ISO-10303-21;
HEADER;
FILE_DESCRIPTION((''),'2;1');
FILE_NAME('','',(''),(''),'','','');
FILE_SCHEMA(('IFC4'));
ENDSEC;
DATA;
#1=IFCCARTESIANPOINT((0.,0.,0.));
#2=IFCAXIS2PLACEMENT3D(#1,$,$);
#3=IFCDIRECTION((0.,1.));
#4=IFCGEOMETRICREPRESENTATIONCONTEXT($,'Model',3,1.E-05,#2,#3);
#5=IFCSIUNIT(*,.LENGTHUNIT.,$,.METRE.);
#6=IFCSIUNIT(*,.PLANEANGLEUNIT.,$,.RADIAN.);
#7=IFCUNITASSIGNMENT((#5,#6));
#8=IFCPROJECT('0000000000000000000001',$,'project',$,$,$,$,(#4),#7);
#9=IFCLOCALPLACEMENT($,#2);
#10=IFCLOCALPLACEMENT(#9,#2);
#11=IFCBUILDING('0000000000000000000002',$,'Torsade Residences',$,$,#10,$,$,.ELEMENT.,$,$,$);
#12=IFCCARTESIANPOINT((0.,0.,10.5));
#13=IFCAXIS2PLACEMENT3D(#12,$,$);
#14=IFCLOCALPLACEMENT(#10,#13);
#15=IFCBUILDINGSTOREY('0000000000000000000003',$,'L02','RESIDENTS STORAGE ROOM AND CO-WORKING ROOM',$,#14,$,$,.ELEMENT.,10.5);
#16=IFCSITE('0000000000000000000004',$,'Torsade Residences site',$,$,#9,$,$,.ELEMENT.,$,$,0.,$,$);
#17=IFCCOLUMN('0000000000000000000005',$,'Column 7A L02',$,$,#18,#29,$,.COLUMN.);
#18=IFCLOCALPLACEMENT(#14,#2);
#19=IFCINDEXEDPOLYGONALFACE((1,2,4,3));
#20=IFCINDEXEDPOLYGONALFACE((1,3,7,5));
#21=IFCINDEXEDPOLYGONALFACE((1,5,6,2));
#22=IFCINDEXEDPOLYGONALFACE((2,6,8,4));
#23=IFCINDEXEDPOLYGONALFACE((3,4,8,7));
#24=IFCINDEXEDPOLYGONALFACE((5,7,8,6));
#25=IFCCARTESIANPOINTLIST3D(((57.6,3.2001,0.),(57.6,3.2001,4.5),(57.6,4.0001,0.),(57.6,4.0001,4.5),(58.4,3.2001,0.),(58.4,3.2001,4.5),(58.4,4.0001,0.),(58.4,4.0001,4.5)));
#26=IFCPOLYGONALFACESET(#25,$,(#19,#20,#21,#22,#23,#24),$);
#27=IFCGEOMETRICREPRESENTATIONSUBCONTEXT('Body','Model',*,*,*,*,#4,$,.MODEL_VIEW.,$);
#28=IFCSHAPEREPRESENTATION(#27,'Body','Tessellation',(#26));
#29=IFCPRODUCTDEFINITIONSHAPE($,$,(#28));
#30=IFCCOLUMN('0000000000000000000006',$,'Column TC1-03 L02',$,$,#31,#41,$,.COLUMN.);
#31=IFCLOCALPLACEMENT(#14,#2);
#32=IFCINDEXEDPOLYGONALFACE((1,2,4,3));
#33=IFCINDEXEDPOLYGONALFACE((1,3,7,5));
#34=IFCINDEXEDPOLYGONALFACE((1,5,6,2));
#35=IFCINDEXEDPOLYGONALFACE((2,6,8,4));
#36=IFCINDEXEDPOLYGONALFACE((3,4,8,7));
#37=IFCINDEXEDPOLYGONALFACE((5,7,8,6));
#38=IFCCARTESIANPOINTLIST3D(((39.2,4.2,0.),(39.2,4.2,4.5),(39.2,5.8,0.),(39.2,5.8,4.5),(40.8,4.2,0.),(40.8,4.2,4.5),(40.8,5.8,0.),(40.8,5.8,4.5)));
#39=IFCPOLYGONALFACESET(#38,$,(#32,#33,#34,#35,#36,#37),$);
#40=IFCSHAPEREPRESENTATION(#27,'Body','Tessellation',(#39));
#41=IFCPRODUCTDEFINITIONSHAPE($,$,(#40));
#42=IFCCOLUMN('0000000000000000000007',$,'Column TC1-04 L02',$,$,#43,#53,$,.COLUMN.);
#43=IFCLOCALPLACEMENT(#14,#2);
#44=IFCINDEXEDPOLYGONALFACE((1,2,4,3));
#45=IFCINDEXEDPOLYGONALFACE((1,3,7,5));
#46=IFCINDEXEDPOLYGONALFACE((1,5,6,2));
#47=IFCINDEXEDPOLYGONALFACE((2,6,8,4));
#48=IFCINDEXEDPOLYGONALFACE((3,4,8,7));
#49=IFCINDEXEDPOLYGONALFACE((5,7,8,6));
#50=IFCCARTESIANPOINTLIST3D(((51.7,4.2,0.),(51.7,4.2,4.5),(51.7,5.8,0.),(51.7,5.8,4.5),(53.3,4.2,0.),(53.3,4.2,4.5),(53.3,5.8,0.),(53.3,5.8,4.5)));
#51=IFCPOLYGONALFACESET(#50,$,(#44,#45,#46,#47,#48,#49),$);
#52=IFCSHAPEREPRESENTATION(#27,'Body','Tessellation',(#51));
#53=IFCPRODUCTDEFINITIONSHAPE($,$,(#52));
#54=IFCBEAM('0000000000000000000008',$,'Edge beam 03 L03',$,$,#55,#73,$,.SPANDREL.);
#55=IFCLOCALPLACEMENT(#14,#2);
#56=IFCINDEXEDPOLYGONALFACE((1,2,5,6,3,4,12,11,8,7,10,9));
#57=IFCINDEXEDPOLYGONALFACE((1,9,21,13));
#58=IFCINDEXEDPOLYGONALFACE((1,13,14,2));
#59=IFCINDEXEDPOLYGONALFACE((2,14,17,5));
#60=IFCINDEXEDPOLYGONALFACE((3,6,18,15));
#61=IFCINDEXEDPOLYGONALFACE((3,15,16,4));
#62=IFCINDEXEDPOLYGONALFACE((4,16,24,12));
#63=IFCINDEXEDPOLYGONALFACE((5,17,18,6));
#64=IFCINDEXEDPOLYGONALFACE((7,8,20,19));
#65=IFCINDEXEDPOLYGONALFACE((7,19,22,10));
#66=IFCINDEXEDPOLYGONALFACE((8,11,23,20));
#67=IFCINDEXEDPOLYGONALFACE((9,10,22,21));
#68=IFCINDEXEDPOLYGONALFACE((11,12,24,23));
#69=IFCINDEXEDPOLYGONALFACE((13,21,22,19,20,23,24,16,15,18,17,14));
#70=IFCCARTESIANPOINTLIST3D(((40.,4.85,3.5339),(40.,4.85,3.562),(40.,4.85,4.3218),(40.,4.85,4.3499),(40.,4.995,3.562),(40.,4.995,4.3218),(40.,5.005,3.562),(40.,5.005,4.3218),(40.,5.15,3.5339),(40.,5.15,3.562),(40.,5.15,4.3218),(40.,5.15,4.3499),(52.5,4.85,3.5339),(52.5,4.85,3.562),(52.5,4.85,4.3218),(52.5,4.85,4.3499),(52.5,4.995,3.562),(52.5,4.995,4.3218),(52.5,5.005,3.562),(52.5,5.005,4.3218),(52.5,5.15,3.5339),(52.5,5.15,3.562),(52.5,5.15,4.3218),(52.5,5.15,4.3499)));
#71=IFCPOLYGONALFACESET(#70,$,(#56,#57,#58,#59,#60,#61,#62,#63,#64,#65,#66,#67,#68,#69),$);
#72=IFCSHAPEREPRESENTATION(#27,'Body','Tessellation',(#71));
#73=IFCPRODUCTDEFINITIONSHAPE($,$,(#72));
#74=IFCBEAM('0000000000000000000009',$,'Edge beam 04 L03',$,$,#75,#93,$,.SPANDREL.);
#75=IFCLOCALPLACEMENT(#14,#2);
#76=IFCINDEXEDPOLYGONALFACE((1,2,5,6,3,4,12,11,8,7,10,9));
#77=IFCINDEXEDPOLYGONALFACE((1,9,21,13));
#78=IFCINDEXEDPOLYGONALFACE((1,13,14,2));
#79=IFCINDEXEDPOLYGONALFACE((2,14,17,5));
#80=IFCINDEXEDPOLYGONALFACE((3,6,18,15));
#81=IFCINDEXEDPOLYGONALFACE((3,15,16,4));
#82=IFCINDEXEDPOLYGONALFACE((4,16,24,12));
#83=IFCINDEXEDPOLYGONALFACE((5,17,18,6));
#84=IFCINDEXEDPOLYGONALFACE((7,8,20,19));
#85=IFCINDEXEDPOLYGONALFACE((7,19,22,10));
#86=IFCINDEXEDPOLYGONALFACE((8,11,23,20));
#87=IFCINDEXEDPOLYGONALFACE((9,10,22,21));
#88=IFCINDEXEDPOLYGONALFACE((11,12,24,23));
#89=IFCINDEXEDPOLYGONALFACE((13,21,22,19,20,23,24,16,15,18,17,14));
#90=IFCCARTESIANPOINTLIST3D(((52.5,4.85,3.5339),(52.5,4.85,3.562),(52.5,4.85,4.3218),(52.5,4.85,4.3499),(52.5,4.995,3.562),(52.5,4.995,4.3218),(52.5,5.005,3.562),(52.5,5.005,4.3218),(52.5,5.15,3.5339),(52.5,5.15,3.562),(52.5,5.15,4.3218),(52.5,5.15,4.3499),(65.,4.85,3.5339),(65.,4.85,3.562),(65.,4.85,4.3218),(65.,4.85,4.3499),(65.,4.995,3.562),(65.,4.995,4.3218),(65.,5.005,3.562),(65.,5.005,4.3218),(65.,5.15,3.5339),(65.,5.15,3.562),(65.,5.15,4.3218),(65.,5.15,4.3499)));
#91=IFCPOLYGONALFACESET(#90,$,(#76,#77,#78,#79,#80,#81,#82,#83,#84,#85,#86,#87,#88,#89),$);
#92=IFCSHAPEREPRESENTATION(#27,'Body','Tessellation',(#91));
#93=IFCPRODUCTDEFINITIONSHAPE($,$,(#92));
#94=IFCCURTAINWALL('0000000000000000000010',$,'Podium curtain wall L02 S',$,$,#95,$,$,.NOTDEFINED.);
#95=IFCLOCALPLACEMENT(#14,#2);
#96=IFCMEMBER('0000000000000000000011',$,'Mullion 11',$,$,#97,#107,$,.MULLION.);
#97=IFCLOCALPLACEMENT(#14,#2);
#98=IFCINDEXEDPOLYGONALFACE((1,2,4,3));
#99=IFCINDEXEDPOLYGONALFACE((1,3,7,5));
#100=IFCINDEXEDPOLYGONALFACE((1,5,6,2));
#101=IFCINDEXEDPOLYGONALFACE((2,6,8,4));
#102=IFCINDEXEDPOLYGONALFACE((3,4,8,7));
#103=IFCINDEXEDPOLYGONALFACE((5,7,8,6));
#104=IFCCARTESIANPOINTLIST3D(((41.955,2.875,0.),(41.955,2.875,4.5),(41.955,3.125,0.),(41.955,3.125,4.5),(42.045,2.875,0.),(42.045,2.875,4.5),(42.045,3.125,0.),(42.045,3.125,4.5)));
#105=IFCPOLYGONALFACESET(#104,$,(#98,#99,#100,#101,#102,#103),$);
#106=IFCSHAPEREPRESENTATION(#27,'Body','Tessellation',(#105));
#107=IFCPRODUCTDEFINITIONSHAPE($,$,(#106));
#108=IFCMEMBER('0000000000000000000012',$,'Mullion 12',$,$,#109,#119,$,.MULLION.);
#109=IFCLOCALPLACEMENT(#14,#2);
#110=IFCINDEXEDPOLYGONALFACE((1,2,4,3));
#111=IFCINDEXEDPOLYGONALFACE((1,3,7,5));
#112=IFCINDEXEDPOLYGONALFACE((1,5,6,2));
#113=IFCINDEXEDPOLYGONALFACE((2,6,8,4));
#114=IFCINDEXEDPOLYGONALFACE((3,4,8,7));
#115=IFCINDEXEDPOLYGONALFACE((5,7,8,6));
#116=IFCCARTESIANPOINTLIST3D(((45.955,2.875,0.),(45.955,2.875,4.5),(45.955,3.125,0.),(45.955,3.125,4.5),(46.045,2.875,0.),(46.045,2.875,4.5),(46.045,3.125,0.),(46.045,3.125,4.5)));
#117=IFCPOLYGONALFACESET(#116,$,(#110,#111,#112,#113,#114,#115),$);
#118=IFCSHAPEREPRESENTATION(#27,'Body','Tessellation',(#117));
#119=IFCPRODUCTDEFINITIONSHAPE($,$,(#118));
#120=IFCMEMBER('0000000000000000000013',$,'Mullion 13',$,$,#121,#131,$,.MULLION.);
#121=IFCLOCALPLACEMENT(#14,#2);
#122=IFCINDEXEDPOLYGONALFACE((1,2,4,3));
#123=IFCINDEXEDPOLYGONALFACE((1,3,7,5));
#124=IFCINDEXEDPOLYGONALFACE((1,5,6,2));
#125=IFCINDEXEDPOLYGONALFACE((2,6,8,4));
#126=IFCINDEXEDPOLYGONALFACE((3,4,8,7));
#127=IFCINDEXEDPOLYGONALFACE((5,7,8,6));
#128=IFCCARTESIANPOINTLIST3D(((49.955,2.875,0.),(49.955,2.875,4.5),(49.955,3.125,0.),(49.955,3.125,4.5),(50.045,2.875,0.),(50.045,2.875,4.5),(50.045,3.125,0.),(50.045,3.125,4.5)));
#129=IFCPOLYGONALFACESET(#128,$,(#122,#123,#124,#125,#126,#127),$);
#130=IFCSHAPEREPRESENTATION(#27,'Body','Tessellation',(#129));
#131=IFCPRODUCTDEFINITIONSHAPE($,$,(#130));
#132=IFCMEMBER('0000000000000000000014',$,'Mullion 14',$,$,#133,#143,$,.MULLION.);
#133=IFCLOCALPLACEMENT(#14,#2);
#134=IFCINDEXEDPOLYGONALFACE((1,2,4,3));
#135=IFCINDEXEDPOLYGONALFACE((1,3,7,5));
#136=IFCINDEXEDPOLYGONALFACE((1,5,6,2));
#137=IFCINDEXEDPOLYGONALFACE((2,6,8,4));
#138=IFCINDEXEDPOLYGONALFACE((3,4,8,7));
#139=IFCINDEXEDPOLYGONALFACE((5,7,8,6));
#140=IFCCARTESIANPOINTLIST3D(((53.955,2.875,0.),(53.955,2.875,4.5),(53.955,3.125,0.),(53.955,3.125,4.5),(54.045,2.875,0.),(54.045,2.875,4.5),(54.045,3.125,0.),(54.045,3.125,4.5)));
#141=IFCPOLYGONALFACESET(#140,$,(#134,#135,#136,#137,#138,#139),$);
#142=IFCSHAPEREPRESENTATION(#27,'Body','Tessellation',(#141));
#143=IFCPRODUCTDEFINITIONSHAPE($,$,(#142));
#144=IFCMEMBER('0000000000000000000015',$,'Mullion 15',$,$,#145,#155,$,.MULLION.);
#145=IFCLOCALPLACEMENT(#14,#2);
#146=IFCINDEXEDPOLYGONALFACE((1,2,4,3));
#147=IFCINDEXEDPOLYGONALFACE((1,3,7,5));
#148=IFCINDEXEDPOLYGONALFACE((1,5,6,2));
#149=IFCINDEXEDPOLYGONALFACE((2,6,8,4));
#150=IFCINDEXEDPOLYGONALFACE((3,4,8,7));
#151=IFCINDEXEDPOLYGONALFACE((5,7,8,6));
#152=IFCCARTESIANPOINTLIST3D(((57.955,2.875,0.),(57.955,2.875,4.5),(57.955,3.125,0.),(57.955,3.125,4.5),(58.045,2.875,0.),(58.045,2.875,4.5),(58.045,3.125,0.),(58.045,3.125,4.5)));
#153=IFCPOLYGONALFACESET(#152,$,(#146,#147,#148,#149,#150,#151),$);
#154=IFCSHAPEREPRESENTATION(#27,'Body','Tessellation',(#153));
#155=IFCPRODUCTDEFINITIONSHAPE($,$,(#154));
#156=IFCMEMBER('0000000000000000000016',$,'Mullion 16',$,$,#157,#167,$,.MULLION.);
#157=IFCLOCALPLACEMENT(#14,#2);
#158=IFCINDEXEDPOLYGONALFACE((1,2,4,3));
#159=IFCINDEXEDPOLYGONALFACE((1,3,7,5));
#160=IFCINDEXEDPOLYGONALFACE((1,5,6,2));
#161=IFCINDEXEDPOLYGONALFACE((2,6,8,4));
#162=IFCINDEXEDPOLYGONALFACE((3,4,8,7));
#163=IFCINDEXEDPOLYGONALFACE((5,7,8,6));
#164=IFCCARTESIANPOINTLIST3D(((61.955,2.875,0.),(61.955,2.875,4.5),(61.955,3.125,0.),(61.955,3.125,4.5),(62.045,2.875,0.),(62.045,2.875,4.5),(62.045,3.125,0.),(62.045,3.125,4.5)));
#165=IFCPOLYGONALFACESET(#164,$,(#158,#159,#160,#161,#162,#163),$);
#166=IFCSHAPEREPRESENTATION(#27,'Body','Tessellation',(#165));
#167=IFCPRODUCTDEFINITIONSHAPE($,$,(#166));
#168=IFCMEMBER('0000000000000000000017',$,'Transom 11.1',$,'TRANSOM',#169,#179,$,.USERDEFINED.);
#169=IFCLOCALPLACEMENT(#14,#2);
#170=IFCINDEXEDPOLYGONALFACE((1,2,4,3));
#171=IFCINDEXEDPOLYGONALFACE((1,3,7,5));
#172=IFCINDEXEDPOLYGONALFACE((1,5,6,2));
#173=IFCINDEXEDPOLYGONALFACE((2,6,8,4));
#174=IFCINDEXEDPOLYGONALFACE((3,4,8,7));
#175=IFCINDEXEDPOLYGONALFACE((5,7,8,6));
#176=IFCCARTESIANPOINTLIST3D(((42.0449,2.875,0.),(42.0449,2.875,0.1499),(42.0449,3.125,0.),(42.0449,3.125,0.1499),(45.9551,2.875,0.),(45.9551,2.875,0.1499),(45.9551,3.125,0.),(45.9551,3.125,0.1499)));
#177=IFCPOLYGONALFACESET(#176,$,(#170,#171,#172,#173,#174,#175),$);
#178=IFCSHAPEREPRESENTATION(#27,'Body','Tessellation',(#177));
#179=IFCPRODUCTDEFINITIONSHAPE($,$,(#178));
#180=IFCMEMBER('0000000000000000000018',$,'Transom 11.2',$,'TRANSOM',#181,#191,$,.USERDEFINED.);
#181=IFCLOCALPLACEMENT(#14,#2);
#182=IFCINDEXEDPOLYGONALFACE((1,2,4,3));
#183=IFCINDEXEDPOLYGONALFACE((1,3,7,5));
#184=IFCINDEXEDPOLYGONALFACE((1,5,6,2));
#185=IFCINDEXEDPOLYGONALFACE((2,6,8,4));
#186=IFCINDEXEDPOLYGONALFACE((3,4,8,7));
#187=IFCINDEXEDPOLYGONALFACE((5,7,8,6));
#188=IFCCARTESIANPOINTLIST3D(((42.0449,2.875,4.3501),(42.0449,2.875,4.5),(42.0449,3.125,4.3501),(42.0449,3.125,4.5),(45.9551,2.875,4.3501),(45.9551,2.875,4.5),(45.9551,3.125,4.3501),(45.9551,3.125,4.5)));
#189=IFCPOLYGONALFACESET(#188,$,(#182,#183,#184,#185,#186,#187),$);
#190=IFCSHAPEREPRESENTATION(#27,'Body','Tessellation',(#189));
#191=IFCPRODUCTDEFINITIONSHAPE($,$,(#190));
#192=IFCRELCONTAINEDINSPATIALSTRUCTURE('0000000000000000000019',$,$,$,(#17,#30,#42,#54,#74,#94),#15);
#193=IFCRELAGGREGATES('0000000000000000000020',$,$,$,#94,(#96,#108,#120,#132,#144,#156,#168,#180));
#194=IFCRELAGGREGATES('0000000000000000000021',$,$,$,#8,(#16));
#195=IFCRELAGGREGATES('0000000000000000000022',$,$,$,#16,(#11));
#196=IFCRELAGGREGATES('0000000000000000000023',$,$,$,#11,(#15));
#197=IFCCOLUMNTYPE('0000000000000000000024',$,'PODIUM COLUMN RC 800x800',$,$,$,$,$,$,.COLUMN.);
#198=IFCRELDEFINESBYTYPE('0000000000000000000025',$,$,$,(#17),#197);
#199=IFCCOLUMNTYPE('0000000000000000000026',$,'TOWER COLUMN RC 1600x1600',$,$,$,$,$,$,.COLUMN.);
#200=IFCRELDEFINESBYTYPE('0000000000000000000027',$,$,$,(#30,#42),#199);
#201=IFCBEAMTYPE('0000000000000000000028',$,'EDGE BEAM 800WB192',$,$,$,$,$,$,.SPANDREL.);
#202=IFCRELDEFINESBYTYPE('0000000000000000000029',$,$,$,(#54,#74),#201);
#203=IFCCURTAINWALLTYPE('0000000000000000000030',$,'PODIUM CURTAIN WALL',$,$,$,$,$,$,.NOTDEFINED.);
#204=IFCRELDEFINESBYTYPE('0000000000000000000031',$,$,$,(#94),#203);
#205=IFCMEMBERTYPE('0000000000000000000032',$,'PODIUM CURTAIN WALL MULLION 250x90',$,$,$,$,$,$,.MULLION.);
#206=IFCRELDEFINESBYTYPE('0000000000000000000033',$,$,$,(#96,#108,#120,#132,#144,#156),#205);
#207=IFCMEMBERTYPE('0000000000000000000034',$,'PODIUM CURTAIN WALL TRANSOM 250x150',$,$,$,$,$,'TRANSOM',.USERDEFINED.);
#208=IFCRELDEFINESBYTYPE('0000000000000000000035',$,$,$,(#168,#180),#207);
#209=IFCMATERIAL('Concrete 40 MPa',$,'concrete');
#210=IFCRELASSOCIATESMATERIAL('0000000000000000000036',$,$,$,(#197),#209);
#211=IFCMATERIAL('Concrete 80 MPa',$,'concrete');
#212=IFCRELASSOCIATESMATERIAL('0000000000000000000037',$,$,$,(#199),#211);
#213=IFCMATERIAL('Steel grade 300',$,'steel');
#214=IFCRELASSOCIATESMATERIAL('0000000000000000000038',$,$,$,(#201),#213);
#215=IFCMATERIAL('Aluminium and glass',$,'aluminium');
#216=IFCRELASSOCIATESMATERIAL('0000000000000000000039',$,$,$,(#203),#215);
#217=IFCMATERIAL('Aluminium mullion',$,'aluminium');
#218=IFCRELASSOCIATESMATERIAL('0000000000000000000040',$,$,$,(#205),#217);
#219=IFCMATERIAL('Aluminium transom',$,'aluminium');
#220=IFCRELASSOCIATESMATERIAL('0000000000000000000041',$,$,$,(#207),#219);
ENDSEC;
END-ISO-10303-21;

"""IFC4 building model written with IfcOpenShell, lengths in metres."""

from ifc_helpers import new_model, si_unit, direction, frame, origin, origin_2d, place, context, subcontext, project, spatial, rectangle, i_section, extrude, material, material_profile, profile_set, type_object, element, aggregate, save


model = new_model("IFC4")

# Units and contexts
model_context = context("Model", 3, precision=1e-05, world=origin(), true_north=direction((0.0, 1.0)))
body_context = subcontext(model_context, "Body", "Model", "MODEL_VIEW")
ifc_project = project(units=[si_unit("LENGTHUNIT", "METRE"), si_unit("PLANEANGLEUNIT", "RADIAN")], contexts=[model_context])

# Site, building, storey
site_placement = place(None, origin())
site = spatial("IfcSite", under=ifc_project, at=site_placement, Name="Torsade Residences site", CompositionType="ELEMENT", RefElevation=0.0)
building_placement = place(site_placement, origin())
building = spatial("IfcBuilding", under=site, at=building_placement, Name="Torsade Residences", CompositionType="ELEMENT")
storey_placement = place(building_placement, frame((0.0, 0.0, 10.5)))
storey = spatial("IfcBuildingStorey", under=building, at=storey_placement, Name="L02", Description="RESIDENTS STORAGE ROOM AND CO-WORKING ROOM", CompositionType="ELEMENT", Elevation=10.5)

# Columns
ifc_material_1 = material(Name="Concrete 40 MPa", Category="concrete")
ifc_material_profile_1 = material_profile(ifc_material_1, rectangle(XDim=0.8, YDim=0.8, at=origin_2d()), Name="RC 800x800")
ifc_profile_set_1 = profile_set([ifc_material_profile_1], Name="Concrete 40 MPa")
column_type_1 = type_object("IfcColumnType", Name="PODIUM COLUMN RC 800x800", PredefinedType="COLUMN", material=ifc_profile_set_1)
column_placement = place(storey_placement, frame((58.0, 3.6001, 0.0), z_axis=(0.0, 0.0, 1.0), x_axis=(1.0, 0.0, 0.0)))
element("IfcColumn", 1, at=column_placement, inside=storey, type_object=column_type_1, Name="Column 7A L02", PredefinedType="COLUMN", context=body_context, shape_type="SweptSolid", body=[
    extrude(rectangle(XDim=0.8, YDim=0.8, at=origin_2d()), origin(), (0.0, 0.0, 1.0), 4.5),
])
ifc_material_2 = material(Name="Concrete 80 MPa", Category="concrete")
ifc_material_profile_2 = material_profile(ifc_material_2, rectangle(XDim=1.6001, YDim=1.6001, at=origin_2d()), Name="RC 1600x1600")
ifc_profile_set_2 = profile_set([ifc_material_profile_2], Name="Concrete 80 MPa")
column_type_2 = type_object("IfcColumnType", Name="TOWER COLUMN RC 1600x1600", PredefinedType="COLUMN", material=ifc_profile_set_2)
for number, where, z_axis, x_axis, name in (
    (2, (40.0, 5.0, 0.0), (0.0, 0.0, 1.0), (1.0, 0.0, 0.0), "Column TC1-03 L02"),
    (3, (52.5, 5.0, 0.0), (0.0, 0.0, 1.0), (1.0, 0.0, 0.0), "Column TC1-04 L02"),
):
    element("IfcColumn", number, at=place(storey_placement, frame(where, z_axis=z_axis, x_axis=x_axis)), inside=storey, type_object=column_type_2, Name=name, PredefinedType="COLUMN", context=body_context, shape_type="SweptSolid", body=[
        extrude(rectangle(XDim=1.6001, YDim=1.6001, at=origin_2d()), origin(), (0.0, 0.0, 1.0), 4.5),
    ])

# Beams
ifc_material_3 = material(Name="Steel grade 300", Category="steel")
ifc_material_profile_3 = material_profile(ifc_material_3, i_section(OverallWidth=0.3, OverallDepth=0.8159, WebThickness=0.01, FlangeThickness=0.0281, at=origin_2d()), Name="800WB192")
ifc_profile_set_3 = profile_set([ifc_material_profile_3], Name="Steel grade 300")
beam_type_1 = type_object("IfcBeamType", Name="EDGE BEAM 800WB192", PredefinedType="SPANDREL", material=ifc_profile_set_3)
for number, where, z_axis, x_axis, name in (
    (4, (40.0, 5.0, 3.9419), (1.0, 0.0, 0.0), (0.0, 1.0, 0.0), "Edge beam 03 L03"),
    (5, (52.5, 5.0, 3.9419), (1.0, 0.0, 0.0), (0.0, 1.0, 0.0), "Edge beam 04 L03"),
):
    element("IfcBeam", number, at=place(storey_placement, frame(where, z_axis=z_axis, x_axis=x_axis)), inside=storey, type_object=beam_type_1, Name=name, PredefinedType="SPANDREL", context=body_context, shape_type="SweptSolid", body=[
        extrude(i_section(OverallWidth=0.3, OverallDepth=0.8159, WebThickness=0.01, FlangeThickness=0.0281, at=origin_2d()), origin(), (0.0, 0.0, 1.0), 12.5),
    ])

# Curtain wall, members
ifc_material_4 = material(Name="Aluminium and glass", Category="aluminium")
curtain_wall_type = type_object("IfcCurtainWallType", Name="PODIUM CURTAIN WALL", PredefinedType="NOTDEFINED", material=ifc_material_4)
curtain_wall_placement = place(storey_placement, origin())
curtain_wall = element("IfcCurtainWall", 6, at=curtain_wall_placement, inside=storey, type_object=curtain_wall_type, Name="Podium curtain wall L02 S", PredefinedType="NOTDEFINED")
ifc_material_5 = material(Name="Aluminium mullion", Category="aluminium")
ifc_material_profile_4 = material_profile(ifc_material_5, rectangle(XDim=0.25, YDim=0.0901, at=origin_2d()), Name="PODIUM CURTAIN WALL MULLION 250x90")
ifc_profile_set_4 = profile_set([ifc_material_profile_4], Name="Aluminium mullion")
member_type_1 = type_object("IfcMemberType", Name="PODIUM CURTAIN WALL MULLION 250x90", PredefinedType="MULLION", material=ifc_profile_set_4)
member_1_placement = place(storey_placement, frame((42.0, 3.0, 0.0), z_axis=(0.0, 0.0, 1.0), x_axis=(0.0, 1.0, 0.0)))
member_1 = element("IfcMember", 7, at=member_1_placement, type_object=member_type_1, Name="Mullion 11", PredefinedType="MULLION", context=body_context, shape_type="SweptSolid", body=[
    extrude(rectangle(XDim=0.25, YDim=0.0901, at=origin_2d()), origin(), (0.0, 0.0, 1.0), 4.5),
])
member_2_placement = place(storey_placement, frame((46.0, 3.0, 0.0), z_axis=(0.0, 0.0, 1.0), x_axis=(0.0, 1.0, 0.0)))
member_2 = element("IfcMember", 8, at=member_2_placement, type_object=member_type_1, Name="Mullion 12", PredefinedType="MULLION", context=body_context, shape_type="SweptSolid", body=[
    extrude(rectangle(XDim=0.25, YDim=0.0901, at=origin_2d()), origin(), (0.0, 0.0, 1.0), 4.5),
])
member_3_placement = place(storey_placement, frame((50.0, 3.0, 0.0), z_axis=(0.0, 0.0, 1.0), x_axis=(0.0, 1.0, 0.0)))
member_3 = element("IfcMember", 9, at=member_3_placement, type_object=member_type_1, Name="Mullion 13", PredefinedType="MULLION", context=body_context, shape_type="SweptSolid", body=[
    extrude(rectangle(XDim=0.25, YDim=0.0901, at=origin_2d()), origin(), (0.0, 0.0, 1.0), 4.5),
])
member_4_placement = place(storey_placement, frame((54.0, 3.0, 0.0), z_axis=(0.0, 0.0, 1.0), x_axis=(0.0, 1.0, 0.0)))
member_4 = element("IfcMember", 10, at=member_4_placement, type_object=member_type_1, Name="Mullion 14", PredefinedType="MULLION", context=body_context, shape_type="SweptSolid", body=[
    extrude(rectangle(XDim=0.25, YDim=0.0901, at=origin_2d()), origin(), (0.0, 0.0, 1.0), 4.5),
])
member_5_placement = place(storey_placement, frame((58.0, 3.0, 0.0), z_axis=(0.0, 0.0, 1.0), x_axis=(0.0, 1.0, 0.0)))
member_5 = element("IfcMember", 11, at=member_5_placement, type_object=member_type_1, Name="Mullion 15", PredefinedType="MULLION", context=body_context, shape_type="SweptSolid", body=[
    extrude(rectangle(XDim=0.25, YDim=0.0901, at=origin_2d()), origin(), (0.0, 0.0, 1.0), 4.5),
])
member_6_placement = place(storey_placement, frame((62.0, 3.0, 0.0), z_axis=(0.0, 0.0, 1.0), x_axis=(0.0, 1.0, 0.0)))
member_6 = element("IfcMember", 12, at=member_6_placement, type_object=member_type_1, Name="Mullion 16", PredefinedType="MULLION", context=body_context, shape_type="SweptSolid", body=[
    extrude(rectangle(XDim=0.25, YDim=0.0901, at=origin_2d()), origin(), (0.0, 0.0, 1.0), 4.5),
])
ifc_material_6 = material(Name="Aluminium transom", Category="aluminium")
ifc_material_profile_5 = material_profile(ifc_material_6, rectangle(XDim=0.25, YDim=0.1499, at=origin_2d()), Name="PODIUM CURTAIN WALL TRANSOM 250x150")
ifc_profile_set_5 = profile_set([ifc_material_profile_5], Name="Aluminium transom")
member_type_2 = type_object("IfcMemberType", Name="PODIUM CURTAIN WALL TRANSOM 250x150", ElementType="TRANSOM", PredefinedType="USERDEFINED", material=ifc_profile_set_5)
member_7_placement = place(storey_placement, frame((42.0449, 3.0, 0.075), z_axis=(1.0, 0.0, 0.0), x_axis=(0.0, 1.0, 0.0)))
member_7 = element("IfcMember", 13, at=member_7_placement, type_object=member_type_2, Name="Transom 11.1", ObjectType="TRANSOM", PredefinedType="USERDEFINED", context=body_context, shape_type="SweptSolid", body=[
    extrude(rectangle(XDim=0.25, YDim=0.1499, at=origin_2d()), origin(), (0.0, 0.0, 1.0), 3.9102),
])
member_8_placement = place(storey_placement, frame((42.0449, 3.0, 4.425), z_axis=(1.0, 0.0, 0.0), x_axis=(0.0, 1.0, 0.0)))
member_8 = element("IfcMember", 14, at=member_8_placement, type_object=member_type_2, Name="Transom 11.2", ObjectType="TRANSOM", PredefinedType="USERDEFINED", context=body_context, shape_type="SweptSolid", body=[
    extrude(rectangle(XDim=0.25, YDim=0.1499, at=origin_2d()), origin(), (0.0, 0.0, 1.0), 3.9102),
])

aggregate(curtain_wall, [member_1, member_2, member_3, member_4, member_5, member_6, member_7, member_8])

save(model, "model.ifc")
